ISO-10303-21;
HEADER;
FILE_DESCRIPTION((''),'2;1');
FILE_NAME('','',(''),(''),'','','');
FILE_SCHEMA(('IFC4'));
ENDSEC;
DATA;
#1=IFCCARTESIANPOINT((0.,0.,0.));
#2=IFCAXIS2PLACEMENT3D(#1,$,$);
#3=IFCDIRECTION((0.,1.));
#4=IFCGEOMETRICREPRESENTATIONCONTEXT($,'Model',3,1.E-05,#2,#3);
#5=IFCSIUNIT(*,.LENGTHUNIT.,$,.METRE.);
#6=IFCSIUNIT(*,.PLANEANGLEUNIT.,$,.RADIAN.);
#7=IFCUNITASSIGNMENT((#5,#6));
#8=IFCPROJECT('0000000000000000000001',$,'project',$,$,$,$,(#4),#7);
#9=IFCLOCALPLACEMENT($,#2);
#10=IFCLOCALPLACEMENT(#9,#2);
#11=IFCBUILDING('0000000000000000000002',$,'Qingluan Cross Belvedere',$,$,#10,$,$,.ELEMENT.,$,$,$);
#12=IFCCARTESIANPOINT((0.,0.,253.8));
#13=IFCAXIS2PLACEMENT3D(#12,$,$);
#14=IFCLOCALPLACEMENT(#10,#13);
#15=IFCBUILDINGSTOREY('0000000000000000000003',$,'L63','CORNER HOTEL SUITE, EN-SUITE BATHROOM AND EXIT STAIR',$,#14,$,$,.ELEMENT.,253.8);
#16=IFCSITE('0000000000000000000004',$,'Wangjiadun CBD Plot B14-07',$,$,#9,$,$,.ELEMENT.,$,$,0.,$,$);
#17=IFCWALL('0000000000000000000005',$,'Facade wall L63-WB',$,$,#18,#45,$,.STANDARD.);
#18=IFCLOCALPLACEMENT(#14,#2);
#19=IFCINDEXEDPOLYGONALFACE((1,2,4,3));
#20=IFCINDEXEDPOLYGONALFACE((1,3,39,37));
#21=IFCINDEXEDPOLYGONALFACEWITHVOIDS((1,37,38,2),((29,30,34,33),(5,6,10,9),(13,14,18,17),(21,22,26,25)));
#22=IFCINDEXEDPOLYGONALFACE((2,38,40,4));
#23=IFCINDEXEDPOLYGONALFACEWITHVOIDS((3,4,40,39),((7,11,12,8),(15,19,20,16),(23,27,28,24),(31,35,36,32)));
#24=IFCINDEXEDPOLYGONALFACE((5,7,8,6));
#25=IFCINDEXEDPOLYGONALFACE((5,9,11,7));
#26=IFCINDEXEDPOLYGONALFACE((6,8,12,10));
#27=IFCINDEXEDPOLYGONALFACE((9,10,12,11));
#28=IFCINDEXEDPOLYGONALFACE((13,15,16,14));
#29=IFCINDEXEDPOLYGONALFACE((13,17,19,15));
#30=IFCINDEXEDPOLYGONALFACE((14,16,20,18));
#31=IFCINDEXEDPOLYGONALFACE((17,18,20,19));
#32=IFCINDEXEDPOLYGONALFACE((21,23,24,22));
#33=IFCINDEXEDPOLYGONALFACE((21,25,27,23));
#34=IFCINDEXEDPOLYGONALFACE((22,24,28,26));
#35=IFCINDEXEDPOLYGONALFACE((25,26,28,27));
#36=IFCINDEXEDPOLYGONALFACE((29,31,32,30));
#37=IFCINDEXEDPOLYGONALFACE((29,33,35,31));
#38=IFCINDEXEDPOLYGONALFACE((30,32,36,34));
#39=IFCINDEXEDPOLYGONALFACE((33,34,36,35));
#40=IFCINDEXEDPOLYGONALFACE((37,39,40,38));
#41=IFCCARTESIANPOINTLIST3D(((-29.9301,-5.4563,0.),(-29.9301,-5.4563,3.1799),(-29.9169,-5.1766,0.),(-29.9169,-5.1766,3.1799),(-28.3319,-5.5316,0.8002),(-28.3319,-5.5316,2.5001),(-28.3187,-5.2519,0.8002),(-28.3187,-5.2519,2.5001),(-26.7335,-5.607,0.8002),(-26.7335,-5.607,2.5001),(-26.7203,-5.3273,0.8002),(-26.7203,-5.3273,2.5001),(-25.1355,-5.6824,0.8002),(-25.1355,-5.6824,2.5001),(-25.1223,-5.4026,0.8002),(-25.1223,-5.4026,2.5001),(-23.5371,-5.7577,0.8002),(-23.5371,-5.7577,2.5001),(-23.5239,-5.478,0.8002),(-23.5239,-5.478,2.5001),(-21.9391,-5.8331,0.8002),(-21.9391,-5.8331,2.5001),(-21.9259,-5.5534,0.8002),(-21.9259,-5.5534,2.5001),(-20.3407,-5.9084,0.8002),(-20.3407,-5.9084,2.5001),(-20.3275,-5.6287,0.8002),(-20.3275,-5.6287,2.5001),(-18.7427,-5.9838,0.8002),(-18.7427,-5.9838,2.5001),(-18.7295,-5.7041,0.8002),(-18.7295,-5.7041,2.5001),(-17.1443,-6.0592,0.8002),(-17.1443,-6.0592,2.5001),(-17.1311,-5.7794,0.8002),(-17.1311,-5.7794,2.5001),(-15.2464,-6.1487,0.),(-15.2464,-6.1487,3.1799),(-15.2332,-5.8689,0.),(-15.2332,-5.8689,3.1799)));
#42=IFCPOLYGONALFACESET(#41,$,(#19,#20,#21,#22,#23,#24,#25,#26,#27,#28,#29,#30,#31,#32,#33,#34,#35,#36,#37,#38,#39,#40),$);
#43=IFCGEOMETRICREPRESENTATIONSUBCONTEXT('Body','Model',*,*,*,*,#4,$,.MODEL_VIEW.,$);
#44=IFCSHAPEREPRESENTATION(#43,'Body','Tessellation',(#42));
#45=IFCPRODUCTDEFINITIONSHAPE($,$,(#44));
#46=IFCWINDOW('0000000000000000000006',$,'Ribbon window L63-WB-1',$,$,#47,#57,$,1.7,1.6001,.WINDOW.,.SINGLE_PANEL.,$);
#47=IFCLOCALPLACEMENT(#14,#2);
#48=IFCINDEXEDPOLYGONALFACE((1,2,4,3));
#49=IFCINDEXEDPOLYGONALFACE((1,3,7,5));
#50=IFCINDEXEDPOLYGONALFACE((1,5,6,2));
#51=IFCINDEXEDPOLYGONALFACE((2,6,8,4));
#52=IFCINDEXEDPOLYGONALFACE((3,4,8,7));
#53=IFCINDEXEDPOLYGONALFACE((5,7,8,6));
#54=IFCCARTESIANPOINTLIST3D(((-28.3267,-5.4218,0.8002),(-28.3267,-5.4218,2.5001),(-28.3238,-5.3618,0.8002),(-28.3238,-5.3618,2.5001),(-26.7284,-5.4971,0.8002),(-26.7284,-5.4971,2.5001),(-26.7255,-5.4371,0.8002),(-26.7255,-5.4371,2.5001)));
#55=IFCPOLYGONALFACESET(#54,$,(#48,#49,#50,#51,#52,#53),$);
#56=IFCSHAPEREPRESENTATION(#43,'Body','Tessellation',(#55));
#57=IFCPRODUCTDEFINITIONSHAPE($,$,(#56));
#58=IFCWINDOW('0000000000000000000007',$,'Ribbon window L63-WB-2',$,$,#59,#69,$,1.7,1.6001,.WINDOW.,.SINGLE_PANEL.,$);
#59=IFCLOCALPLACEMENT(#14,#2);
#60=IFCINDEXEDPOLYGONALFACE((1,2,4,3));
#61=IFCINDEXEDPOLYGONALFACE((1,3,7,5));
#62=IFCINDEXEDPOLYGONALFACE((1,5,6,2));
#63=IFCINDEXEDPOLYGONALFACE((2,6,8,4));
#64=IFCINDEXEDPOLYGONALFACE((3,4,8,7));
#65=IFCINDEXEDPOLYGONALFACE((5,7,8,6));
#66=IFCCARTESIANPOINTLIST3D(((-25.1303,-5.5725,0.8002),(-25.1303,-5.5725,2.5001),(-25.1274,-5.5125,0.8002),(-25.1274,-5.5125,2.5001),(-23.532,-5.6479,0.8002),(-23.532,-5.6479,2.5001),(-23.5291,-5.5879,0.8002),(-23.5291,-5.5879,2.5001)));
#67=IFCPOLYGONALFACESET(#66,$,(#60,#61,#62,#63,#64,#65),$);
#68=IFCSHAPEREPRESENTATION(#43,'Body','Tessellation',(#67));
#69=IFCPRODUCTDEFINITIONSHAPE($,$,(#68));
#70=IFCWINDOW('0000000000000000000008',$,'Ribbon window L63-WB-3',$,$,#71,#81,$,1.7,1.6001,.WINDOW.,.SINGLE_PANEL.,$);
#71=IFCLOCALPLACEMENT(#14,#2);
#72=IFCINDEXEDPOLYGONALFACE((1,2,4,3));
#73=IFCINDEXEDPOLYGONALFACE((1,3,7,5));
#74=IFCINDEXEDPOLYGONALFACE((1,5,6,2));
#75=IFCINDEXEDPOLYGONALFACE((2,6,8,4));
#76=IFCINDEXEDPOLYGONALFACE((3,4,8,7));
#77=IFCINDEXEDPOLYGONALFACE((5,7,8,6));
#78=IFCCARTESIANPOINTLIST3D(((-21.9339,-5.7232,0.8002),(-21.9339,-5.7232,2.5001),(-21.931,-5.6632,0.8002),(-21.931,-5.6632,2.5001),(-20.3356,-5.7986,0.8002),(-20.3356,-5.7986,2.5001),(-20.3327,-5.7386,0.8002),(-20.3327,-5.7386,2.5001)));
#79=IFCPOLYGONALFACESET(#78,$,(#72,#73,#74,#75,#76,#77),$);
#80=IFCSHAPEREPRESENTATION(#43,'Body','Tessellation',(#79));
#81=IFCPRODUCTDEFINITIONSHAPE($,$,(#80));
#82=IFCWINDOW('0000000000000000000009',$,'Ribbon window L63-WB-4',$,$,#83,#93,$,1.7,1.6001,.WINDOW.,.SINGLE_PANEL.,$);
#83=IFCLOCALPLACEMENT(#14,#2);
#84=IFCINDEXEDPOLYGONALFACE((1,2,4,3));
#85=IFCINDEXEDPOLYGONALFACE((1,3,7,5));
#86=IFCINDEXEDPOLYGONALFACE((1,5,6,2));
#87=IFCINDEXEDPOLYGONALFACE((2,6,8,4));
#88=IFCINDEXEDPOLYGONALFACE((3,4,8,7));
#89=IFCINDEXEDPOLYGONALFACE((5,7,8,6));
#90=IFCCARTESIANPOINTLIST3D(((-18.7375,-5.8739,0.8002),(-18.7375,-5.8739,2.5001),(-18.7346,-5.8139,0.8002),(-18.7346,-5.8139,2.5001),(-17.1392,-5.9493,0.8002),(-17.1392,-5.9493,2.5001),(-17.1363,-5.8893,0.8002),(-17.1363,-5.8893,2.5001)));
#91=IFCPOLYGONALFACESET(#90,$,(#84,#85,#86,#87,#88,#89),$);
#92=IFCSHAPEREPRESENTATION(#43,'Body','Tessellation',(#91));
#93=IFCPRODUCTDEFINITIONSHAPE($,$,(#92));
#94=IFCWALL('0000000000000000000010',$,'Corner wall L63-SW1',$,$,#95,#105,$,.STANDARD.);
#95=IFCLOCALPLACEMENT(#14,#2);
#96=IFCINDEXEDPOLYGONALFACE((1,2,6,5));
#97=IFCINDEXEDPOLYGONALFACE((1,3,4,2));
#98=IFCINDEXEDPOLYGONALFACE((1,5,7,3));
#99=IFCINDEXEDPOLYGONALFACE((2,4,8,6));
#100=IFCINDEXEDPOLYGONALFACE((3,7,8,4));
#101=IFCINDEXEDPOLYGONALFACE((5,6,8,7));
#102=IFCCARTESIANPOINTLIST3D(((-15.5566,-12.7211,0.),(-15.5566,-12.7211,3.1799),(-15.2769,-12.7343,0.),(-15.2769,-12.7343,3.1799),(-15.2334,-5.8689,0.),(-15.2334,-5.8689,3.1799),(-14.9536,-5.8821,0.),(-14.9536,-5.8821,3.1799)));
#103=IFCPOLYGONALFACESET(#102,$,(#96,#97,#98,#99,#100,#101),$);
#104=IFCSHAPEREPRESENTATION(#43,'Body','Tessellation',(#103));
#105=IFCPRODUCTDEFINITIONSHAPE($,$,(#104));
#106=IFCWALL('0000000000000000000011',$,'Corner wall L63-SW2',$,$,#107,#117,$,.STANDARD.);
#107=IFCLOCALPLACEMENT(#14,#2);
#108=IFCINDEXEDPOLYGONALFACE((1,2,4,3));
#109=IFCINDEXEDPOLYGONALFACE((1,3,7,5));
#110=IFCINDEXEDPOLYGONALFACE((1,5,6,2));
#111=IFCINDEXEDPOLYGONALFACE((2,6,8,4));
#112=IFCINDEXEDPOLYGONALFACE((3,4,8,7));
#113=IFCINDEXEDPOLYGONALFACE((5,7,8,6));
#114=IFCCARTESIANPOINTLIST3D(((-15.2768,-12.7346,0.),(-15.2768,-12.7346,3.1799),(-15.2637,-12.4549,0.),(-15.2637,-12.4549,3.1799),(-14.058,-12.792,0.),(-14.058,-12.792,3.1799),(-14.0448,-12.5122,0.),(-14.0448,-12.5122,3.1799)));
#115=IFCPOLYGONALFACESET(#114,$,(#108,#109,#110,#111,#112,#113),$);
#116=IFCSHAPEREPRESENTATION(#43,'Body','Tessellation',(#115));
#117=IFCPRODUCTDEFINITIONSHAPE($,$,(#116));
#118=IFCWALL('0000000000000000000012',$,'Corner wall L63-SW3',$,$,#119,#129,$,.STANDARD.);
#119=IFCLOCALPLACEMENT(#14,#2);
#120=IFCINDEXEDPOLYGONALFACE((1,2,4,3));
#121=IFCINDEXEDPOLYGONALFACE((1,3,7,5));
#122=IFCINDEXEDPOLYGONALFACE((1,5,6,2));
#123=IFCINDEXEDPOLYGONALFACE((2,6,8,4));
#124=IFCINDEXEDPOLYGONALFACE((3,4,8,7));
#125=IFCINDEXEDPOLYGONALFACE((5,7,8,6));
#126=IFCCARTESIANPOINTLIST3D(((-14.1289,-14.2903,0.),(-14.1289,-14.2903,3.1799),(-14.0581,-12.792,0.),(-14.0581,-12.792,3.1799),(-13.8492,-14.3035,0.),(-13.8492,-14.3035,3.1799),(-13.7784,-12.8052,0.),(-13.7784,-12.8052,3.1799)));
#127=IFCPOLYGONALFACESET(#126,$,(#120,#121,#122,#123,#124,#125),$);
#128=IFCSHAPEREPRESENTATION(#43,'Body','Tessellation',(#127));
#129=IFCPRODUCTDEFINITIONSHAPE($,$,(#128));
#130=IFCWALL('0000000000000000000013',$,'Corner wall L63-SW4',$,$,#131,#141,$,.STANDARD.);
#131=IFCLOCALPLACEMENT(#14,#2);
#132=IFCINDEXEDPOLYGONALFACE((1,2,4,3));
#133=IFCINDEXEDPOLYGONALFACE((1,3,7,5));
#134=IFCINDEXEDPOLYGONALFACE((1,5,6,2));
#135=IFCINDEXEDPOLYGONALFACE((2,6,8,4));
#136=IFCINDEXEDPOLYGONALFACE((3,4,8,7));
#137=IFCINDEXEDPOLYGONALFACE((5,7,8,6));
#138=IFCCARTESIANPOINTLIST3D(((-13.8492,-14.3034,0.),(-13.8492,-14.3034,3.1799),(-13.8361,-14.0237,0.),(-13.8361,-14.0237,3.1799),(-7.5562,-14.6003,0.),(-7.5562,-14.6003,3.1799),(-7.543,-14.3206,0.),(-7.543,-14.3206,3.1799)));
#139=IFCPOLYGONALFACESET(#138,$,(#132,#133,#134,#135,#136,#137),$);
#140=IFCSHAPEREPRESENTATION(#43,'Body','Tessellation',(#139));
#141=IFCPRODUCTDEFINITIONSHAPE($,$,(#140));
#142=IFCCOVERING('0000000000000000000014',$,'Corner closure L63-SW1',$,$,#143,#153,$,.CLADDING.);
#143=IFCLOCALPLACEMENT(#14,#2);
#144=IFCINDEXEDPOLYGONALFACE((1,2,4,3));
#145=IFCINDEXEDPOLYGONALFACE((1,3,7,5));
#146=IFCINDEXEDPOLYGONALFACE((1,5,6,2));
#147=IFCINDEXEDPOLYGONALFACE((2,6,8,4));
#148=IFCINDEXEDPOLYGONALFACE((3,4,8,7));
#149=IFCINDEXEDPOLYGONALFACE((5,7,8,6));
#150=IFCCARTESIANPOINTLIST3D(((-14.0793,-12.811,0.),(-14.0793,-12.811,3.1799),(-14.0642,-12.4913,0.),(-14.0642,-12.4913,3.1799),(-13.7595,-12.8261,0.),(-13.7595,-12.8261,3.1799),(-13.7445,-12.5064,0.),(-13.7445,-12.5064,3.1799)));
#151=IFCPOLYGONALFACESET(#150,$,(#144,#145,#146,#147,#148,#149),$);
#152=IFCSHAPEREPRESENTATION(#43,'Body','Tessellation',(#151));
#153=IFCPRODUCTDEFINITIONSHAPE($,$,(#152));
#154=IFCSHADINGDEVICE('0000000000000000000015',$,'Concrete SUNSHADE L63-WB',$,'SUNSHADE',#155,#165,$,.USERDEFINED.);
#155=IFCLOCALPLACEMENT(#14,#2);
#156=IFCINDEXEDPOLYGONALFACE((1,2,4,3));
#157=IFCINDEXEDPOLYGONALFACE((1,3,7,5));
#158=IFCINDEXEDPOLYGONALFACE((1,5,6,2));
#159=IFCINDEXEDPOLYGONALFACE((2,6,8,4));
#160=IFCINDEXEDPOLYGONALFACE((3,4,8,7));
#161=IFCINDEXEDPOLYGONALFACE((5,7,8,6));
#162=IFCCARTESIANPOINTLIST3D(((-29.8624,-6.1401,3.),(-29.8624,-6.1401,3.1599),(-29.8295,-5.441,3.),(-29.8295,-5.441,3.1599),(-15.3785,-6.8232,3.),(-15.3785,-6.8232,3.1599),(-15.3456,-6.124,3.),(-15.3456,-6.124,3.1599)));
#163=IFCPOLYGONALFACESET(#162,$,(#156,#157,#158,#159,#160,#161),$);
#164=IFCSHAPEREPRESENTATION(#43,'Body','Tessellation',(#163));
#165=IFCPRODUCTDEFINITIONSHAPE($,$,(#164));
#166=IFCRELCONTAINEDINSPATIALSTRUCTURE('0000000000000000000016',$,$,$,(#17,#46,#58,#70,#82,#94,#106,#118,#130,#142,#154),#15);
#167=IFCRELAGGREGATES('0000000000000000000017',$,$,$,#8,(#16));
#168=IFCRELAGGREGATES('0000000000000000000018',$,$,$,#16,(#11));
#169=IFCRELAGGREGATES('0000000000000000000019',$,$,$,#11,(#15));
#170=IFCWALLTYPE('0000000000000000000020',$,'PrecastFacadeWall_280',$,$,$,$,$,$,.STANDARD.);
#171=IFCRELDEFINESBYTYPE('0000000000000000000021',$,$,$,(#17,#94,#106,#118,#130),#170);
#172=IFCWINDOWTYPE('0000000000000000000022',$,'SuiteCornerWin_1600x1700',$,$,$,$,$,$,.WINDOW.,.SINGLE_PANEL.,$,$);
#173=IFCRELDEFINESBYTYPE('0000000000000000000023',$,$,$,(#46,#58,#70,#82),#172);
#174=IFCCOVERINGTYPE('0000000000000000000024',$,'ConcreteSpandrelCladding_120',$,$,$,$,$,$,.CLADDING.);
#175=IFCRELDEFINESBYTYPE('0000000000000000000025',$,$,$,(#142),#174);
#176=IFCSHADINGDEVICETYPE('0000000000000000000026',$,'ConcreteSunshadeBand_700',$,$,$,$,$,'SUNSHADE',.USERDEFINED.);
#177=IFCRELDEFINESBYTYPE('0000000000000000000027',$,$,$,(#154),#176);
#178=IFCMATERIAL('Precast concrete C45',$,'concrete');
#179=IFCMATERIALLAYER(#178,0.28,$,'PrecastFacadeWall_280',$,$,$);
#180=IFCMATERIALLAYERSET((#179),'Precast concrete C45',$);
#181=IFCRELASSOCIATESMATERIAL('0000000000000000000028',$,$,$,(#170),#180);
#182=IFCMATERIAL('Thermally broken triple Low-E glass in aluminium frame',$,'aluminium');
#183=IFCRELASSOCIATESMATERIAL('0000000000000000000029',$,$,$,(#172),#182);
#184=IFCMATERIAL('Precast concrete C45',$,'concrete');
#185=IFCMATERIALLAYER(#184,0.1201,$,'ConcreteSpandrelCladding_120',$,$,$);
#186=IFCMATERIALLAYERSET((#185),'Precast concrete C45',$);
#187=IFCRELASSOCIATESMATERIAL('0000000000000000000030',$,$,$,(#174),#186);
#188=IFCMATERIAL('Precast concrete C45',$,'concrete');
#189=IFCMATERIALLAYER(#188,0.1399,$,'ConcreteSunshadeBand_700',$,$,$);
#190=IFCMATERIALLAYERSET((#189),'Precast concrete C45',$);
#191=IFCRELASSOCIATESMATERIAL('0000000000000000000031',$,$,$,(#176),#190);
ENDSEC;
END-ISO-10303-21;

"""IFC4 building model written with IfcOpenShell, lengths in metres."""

from ifc_helpers import new_model, si_unit, direction, frame, frame_2d, origin, origin_2d, place, context, subcontext, project, spatial, rectangle, extrude, material, layer, layer_set, type_object, element, fill, save


model = new_model("IFC4")

# Units and contexts
model_context = context("Model", 3, precision=1e-05, world=origin(), true_north=direction((0.0, 1.0)))
body_context = subcontext(model_context, "Body", "Model", "MODEL_VIEW")
ifc_project = project(units=[si_unit("LENGTHUNIT", "METRE"), si_unit("PLANEANGLEUNIT", "RADIAN")], contexts=[model_context])

# Site, building, storey
site_placement = place(None, origin())
site = spatial("IfcSite", under=ifc_project, at=site_placement, Name="Wangjiadun CBD Plot B14-07", CompositionType="ELEMENT", RefElevation=0.0)
building_placement = place(site_placement, origin())
building = spatial("IfcBuilding", under=site, at=building_placement, Name="Qingluan Cross Belvedere", CompositionType="ELEMENT")
storey_placement = place(building_placement, frame((0.0, 0.0, 253.8)))
storey = spatial("IfcBuildingStorey", under=building, at=storey_placement, Name="L63", Description="CORNER HOTEL SUITE, EN-SUITE BATHROOM AND EXIT STAIR", CompositionType="ELEMENT", Elevation=253.8)

# Wall, openings, windows
ifc_material_1 = material(Name="Precast concrete C45", Category="concrete")
ifc_layer_1 = layer(ifc_material_1, 0.28, Name="PrecastFacadeWall_280")
ifc_layer_set_1 = layer_set([ifc_layer_1], Name="Precast concrete C45")
wall_type_1 = type_object("IfcWallType", Name="PrecastFacadeWall_280", PredefinedType="STANDARD", material=ifc_layer_set_1)
wall_1_placement = place(storey_placement, frame((-29.9236, -5.3164, 0.0), z_axis=(0.0, 0.0, 1.0), x_axis=(0.99889, -0.047101, 0.0)))
wall_1 = element("IfcWall", 1, at=wall_1_placement, inside=storey, type_object=wall_type_1, Name="Facade wall L63-WB", PredefinedType="STANDARD", context=body_context, shape_type="SweptSolid", body=[
    extrude(rectangle(XDim=14.7, YDim=0.28, at=frame_2d((7.3501, 0.0))), origin(), (0.0, 0.0, 1.0), 3.1799),
])
opening_1_placement = place(wall_1_placement, frame((1.6001, 0.0, 0.8)))
opening_1 = element("IfcOpeningElement", 2, at=opening_1_placement, cuts=wall_1, PredefinedType="OPENING", context=body_context, shape_type="SweptSolid", body=[
    extrude(rectangle(XDim=1.6001, YDim=1.7, at=frame_2d((0.8, 0.8501))), frame((0.0, 0.1499, 0.0), z_axis=(0.0, -1.0, 0.0), x_axis=(1.0, 0.0, 0.0)), (0.0, 0.0, 1.0), 0.3),
])
opening_2_placement = place(wall_1_placement, frame((4.8, 0.0, 0.8)))
opening_2 = element("IfcOpeningElement", 3, at=opening_2_placement, cuts=wall_1, PredefinedType="OPENING", context=body_context, shape_type="SweptSolid", body=[
    extrude(rectangle(XDim=1.6001, YDim=1.7, at=frame_2d((0.8, 0.8501))), frame((0.0, 0.1499, 0.0), z_axis=(0.0, -1.0, 0.0), x_axis=(1.0, 0.0, 0.0)), (0.0, 0.0, 1.0), 0.3),
])
opening_3_placement = place(wall_1_placement, frame((8.0, 0.0, 0.8)))
opening_3 = element("IfcOpeningElement", 4, at=opening_3_placement, cuts=wall_1, PredefinedType="OPENING", context=body_context, shape_type="SweptSolid", body=[
    extrude(rectangle(XDim=1.6001, YDim=1.7, at=frame_2d((0.8, 0.8501))), frame((0.0, 0.1499, 0.0), z_axis=(0.0, -1.0, 0.0), x_axis=(1.0, 0.0, 0.0)), (0.0, 0.0, 1.0), 0.3),
])
opening_4_placement = place(wall_1_placement, frame((11.2, 0.0, 0.8)))
opening_4 = element("IfcOpeningElement", 5, at=opening_4_placement, cuts=wall_1, PredefinedType="OPENING", context=body_context, shape_type="SweptSolid", body=[
    extrude(rectangle(XDim=1.6001, YDim=1.7, at=frame_2d((0.8, 0.8501))), frame((0.0, 0.1499, 0.0), z_axis=(0.0, -1.0, 0.0), x_axis=(1.0, 0.0, 0.0)), (0.0, 0.0, 1.0), 0.3),
])
ifc_material_2 = material(Name="Thermally broken triple Low-E glass in aluminium frame", Category="aluminium")
window_type = type_object("IfcWindowType", Name="SuiteCornerWin_1600x1700", PartitioningType="SINGLE_PANEL", PredefinedType="WINDOW", material=ifc_material_2)
window_1_placement = place(opening_1_placement, origin())
window_1 = element("IfcWindow", 6, at=window_1_placement, inside=storey, type_object=window_type, Name="Ribbon window L63-WB-1", OverallHeight=1.7, OverallWidth=1.6001, PartitioningType="SINGLE_PANEL", PredefinedType="WINDOW", context=body_context, shape_type="SweptSolid", body=[
    extrude(rectangle(XDim=1.6001, YDim=1.7, at=frame_2d((0.8, 0.8501))), frame((0.0, 0.03, 0.0), z_axis=(0.0, -1.0, 0.0), x_axis=(1.0, 0.0, 0.0)), (0.0, 0.0, 1.0), 0.0601),
])
fill(opening_1, window_1)
window_2_placement = place(opening_2_placement, origin())
window_2 = element("IfcWindow", 7, at=window_2_placement, inside=storey, type_object=window_type, Name="Ribbon window L63-WB-2", OverallHeight=1.7, OverallWidth=1.6001, PartitioningType="SINGLE_PANEL", PredefinedType="WINDOW", context=body_context, shape_type="SweptSolid", body=[
    extrude(rectangle(XDim=1.6001, YDim=1.7, at=frame_2d((0.8, 0.8501))), frame((0.0, 0.03, 0.0), z_axis=(0.0, -1.0, 0.0), x_axis=(1.0, 0.0, 0.0)), (0.0, 0.0, 1.0), 0.0601),
])
fill(opening_2, window_2)
window_3_placement = place(opening_3_placement, origin())
window_3 = element("IfcWindow", 8, at=window_3_placement, inside=storey, type_object=window_type, Name="Ribbon window L63-WB-3", OverallHeight=1.7, OverallWidth=1.6001, PartitioningType="SINGLE_PANEL", PredefinedType="WINDOW", context=body_context, shape_type="SweptSolid", body=[
    extrude(rectangle(XDim=1.6001, YDim=1.7, at=frame_2d((0.8, 0.8501))), frame((0.0, 0.03, 0.0), z_axis=(0.0, -1.0, 0.0), x_axis=(1.0, 0.0, 0.0)), (0.0, 0.0, 1.0), 0.0601),
])
fill(opening_3, window_3)
window_4_placement = place(opening_4_placement, origin())
window_4 = element("IfcWindow", 9, at=window_4_placement, inside=storey, type_object=window_type, Name="Ribbon window L63-WB-4", OverallHeight=1.7, OverallWidth=1.6001, PartitioningType="SINGLE_PANEL", PredefinedType="WINDOW", context=body_context, shape_type="SweptSolid", body=[
    extrude(rectangle(XDim=1.6001, YDim=1.7, at=frame_2d((0.8, 0.8501))), frame((0.0, 0.03, 0.0), z_axis=(0.0, -1.0, 0.0), x_axis=(1.0, 0.0, 0.0)), (0.0, 0.0, 1.0), 0.0601),
])
fill(opening_4, window_4)

# Walls
wall_2_placement = place(storey_placement, frame((-15.0935, -5.8755, 0.0), z_axis=(0.0, 0.0, 1.0), x_axis=(-0.04712, -0.998889, 0.0)))
element("IfcWall", 10, at=wall_2_placement, inside=storey, type_object=wall_type_1, Name="Corner wall L63-SW1", PredefinedType="STANDARD", context=body_context, shape_type="SweptSolid", body=[
    extrude(rectangle(XDim=6.8599, YDim=0.28, at=frame_2d((3.4299, 0.0))), origin(), (0.0, 0.0, 1.0), 3.1799),
])
wall_3_placement = place(storey_placement, frame((-15.2703, -12.5947, 0.0), z_axis=(0.0, 0.0, 1.0), x_axis=(0.998894, -0.047023, 0.0)))
element("IfcWall", 11, at=wall_3_placement, inside=storey, type_object=wall_type_1, Name="Corner wall L63-SW2", PredefinedType="STANDARD", context=body_context, shape_type="SweptSolid", body=[
    extrude(rectangle(XDim=1.2202, YDim=0.28, at=frame_2d((0.6101, 0.0))), origin(), (0.0, 0.0, 1.0), 3.1799),
])
wall_4_placement = place(storey_placement, frame((-13.9182, -12.7986, 0.0), z_axis=(0.0, 0.0, 1.0), x_axis=(-0.047202, -0.998885, 0.0)))
element("IfcWall", 12, at=wall_4_placement, inside=storey, type_object=wall_type_1, Name="Corner wall L63-SW3", PredefinedType="STANDARD", context=body_context, shape_type="SweptSolid", body=[
    extrude(rectangle(XDim=1.5, YDim=0.28, at=frame_2d((0.75, 0.0))), origin(), (0.0, 0.0, 1.0), 3.1799),
])
wall_5_placement = place(storey_placement, frame((-13.8425, -14.1636, 0.0), z_axis=(0.0, 0.0, 1.0), x_axis=(0.998889, -0.047123, 0.0)))
element("IfcWall", 13, at=wall_5_placement, inside=storey, type_object=wall_type_1, Name="Corner wall L63-SW4", PredefinedType="STANDARD", context=body_context, shape_type="SweptSolid", body=[
    extrude(rectangle(XDim=6.3, YDim=0.28, at=frame_2d((3.1499, 0.0))), origin(), (0.0, 0.0, 1.0), 3.1799),
])

# Covering
ifc_material_3 = material(Name="Precast concrete C45", Category="concrete")
ifc_layer_2 = layer(ifc_material_3, 0.1201, Name="ConcreteSpandrelCladding_120")
ifc_layer_set_2 = layer_set([ifc_layer_2], Name="Precast concrete C45")
covering_type = type_object("IfcCoveringType", Name="ConcreteSpandrelCladding_120", PredefinedType="CLADDING", material=ifc_layer_set_2)
covering_placement = place(storey_placement, frame((-13.9119, -12.6587, 0.0), z_axis=(0.0, 0.0, 1.0), x_axis=(0.99889, -0.047106, 0.0)))
element("IfcCovering", 14, at=covering_placement, inside=storey, type_object=covering_type, Name="Corner closure L63-SW1", PredefinedType="CLADDING", context=body_context, shape_type="SweptSolid", body=[
    extrude(rectangle(XDim=0.3201, YDim=0.3201, at=origin_2d()), origin(), (0.0, 0.0, 1.0), 3.1799),
])

# Shading device
ifc_material_4 = material(Name="Precast concrete C45", Category="concrete")
ifc_layer_3 = layer(ifc_material_4, 0.1399, Name="ConcreteSunshadeBand_700")
ifc_layer_set_3 = layer_set([ifc_layer_3], Name="Precast concrete C45")
shading_device_type = type_object("IfcShadingDeviceType", Name="ConcreteSunshadeBand_700", ElementType="SUNSHADE", PredefinedType="USERDEFINED", material=ifc_layer_set_3)
shading_device_placement = place(storey_placement, frame((-22.604, -6.1321, 3.0), z_axis=(0.0, 0.0, 1.0), x_axis=(0.99889, -0.047109, 0.0)))
element("IfcShadingDevice", 15, at=shading_device_placement, inside=storey, type_object=shading_device_type, Name="Concrete SUNSHADE L63-WB", ObjectType="SUNSHADE", PredefinedType="USERDEFINED", context=body_context, shape_type="SweptSolid", body=[
    extrude(rectangle(XDim=14.5, YDim=0.7, at=origin_2d()), origin(), (0.0, 0.0, 1.0), 0.1599),
])

save(model, "model.ifc")
